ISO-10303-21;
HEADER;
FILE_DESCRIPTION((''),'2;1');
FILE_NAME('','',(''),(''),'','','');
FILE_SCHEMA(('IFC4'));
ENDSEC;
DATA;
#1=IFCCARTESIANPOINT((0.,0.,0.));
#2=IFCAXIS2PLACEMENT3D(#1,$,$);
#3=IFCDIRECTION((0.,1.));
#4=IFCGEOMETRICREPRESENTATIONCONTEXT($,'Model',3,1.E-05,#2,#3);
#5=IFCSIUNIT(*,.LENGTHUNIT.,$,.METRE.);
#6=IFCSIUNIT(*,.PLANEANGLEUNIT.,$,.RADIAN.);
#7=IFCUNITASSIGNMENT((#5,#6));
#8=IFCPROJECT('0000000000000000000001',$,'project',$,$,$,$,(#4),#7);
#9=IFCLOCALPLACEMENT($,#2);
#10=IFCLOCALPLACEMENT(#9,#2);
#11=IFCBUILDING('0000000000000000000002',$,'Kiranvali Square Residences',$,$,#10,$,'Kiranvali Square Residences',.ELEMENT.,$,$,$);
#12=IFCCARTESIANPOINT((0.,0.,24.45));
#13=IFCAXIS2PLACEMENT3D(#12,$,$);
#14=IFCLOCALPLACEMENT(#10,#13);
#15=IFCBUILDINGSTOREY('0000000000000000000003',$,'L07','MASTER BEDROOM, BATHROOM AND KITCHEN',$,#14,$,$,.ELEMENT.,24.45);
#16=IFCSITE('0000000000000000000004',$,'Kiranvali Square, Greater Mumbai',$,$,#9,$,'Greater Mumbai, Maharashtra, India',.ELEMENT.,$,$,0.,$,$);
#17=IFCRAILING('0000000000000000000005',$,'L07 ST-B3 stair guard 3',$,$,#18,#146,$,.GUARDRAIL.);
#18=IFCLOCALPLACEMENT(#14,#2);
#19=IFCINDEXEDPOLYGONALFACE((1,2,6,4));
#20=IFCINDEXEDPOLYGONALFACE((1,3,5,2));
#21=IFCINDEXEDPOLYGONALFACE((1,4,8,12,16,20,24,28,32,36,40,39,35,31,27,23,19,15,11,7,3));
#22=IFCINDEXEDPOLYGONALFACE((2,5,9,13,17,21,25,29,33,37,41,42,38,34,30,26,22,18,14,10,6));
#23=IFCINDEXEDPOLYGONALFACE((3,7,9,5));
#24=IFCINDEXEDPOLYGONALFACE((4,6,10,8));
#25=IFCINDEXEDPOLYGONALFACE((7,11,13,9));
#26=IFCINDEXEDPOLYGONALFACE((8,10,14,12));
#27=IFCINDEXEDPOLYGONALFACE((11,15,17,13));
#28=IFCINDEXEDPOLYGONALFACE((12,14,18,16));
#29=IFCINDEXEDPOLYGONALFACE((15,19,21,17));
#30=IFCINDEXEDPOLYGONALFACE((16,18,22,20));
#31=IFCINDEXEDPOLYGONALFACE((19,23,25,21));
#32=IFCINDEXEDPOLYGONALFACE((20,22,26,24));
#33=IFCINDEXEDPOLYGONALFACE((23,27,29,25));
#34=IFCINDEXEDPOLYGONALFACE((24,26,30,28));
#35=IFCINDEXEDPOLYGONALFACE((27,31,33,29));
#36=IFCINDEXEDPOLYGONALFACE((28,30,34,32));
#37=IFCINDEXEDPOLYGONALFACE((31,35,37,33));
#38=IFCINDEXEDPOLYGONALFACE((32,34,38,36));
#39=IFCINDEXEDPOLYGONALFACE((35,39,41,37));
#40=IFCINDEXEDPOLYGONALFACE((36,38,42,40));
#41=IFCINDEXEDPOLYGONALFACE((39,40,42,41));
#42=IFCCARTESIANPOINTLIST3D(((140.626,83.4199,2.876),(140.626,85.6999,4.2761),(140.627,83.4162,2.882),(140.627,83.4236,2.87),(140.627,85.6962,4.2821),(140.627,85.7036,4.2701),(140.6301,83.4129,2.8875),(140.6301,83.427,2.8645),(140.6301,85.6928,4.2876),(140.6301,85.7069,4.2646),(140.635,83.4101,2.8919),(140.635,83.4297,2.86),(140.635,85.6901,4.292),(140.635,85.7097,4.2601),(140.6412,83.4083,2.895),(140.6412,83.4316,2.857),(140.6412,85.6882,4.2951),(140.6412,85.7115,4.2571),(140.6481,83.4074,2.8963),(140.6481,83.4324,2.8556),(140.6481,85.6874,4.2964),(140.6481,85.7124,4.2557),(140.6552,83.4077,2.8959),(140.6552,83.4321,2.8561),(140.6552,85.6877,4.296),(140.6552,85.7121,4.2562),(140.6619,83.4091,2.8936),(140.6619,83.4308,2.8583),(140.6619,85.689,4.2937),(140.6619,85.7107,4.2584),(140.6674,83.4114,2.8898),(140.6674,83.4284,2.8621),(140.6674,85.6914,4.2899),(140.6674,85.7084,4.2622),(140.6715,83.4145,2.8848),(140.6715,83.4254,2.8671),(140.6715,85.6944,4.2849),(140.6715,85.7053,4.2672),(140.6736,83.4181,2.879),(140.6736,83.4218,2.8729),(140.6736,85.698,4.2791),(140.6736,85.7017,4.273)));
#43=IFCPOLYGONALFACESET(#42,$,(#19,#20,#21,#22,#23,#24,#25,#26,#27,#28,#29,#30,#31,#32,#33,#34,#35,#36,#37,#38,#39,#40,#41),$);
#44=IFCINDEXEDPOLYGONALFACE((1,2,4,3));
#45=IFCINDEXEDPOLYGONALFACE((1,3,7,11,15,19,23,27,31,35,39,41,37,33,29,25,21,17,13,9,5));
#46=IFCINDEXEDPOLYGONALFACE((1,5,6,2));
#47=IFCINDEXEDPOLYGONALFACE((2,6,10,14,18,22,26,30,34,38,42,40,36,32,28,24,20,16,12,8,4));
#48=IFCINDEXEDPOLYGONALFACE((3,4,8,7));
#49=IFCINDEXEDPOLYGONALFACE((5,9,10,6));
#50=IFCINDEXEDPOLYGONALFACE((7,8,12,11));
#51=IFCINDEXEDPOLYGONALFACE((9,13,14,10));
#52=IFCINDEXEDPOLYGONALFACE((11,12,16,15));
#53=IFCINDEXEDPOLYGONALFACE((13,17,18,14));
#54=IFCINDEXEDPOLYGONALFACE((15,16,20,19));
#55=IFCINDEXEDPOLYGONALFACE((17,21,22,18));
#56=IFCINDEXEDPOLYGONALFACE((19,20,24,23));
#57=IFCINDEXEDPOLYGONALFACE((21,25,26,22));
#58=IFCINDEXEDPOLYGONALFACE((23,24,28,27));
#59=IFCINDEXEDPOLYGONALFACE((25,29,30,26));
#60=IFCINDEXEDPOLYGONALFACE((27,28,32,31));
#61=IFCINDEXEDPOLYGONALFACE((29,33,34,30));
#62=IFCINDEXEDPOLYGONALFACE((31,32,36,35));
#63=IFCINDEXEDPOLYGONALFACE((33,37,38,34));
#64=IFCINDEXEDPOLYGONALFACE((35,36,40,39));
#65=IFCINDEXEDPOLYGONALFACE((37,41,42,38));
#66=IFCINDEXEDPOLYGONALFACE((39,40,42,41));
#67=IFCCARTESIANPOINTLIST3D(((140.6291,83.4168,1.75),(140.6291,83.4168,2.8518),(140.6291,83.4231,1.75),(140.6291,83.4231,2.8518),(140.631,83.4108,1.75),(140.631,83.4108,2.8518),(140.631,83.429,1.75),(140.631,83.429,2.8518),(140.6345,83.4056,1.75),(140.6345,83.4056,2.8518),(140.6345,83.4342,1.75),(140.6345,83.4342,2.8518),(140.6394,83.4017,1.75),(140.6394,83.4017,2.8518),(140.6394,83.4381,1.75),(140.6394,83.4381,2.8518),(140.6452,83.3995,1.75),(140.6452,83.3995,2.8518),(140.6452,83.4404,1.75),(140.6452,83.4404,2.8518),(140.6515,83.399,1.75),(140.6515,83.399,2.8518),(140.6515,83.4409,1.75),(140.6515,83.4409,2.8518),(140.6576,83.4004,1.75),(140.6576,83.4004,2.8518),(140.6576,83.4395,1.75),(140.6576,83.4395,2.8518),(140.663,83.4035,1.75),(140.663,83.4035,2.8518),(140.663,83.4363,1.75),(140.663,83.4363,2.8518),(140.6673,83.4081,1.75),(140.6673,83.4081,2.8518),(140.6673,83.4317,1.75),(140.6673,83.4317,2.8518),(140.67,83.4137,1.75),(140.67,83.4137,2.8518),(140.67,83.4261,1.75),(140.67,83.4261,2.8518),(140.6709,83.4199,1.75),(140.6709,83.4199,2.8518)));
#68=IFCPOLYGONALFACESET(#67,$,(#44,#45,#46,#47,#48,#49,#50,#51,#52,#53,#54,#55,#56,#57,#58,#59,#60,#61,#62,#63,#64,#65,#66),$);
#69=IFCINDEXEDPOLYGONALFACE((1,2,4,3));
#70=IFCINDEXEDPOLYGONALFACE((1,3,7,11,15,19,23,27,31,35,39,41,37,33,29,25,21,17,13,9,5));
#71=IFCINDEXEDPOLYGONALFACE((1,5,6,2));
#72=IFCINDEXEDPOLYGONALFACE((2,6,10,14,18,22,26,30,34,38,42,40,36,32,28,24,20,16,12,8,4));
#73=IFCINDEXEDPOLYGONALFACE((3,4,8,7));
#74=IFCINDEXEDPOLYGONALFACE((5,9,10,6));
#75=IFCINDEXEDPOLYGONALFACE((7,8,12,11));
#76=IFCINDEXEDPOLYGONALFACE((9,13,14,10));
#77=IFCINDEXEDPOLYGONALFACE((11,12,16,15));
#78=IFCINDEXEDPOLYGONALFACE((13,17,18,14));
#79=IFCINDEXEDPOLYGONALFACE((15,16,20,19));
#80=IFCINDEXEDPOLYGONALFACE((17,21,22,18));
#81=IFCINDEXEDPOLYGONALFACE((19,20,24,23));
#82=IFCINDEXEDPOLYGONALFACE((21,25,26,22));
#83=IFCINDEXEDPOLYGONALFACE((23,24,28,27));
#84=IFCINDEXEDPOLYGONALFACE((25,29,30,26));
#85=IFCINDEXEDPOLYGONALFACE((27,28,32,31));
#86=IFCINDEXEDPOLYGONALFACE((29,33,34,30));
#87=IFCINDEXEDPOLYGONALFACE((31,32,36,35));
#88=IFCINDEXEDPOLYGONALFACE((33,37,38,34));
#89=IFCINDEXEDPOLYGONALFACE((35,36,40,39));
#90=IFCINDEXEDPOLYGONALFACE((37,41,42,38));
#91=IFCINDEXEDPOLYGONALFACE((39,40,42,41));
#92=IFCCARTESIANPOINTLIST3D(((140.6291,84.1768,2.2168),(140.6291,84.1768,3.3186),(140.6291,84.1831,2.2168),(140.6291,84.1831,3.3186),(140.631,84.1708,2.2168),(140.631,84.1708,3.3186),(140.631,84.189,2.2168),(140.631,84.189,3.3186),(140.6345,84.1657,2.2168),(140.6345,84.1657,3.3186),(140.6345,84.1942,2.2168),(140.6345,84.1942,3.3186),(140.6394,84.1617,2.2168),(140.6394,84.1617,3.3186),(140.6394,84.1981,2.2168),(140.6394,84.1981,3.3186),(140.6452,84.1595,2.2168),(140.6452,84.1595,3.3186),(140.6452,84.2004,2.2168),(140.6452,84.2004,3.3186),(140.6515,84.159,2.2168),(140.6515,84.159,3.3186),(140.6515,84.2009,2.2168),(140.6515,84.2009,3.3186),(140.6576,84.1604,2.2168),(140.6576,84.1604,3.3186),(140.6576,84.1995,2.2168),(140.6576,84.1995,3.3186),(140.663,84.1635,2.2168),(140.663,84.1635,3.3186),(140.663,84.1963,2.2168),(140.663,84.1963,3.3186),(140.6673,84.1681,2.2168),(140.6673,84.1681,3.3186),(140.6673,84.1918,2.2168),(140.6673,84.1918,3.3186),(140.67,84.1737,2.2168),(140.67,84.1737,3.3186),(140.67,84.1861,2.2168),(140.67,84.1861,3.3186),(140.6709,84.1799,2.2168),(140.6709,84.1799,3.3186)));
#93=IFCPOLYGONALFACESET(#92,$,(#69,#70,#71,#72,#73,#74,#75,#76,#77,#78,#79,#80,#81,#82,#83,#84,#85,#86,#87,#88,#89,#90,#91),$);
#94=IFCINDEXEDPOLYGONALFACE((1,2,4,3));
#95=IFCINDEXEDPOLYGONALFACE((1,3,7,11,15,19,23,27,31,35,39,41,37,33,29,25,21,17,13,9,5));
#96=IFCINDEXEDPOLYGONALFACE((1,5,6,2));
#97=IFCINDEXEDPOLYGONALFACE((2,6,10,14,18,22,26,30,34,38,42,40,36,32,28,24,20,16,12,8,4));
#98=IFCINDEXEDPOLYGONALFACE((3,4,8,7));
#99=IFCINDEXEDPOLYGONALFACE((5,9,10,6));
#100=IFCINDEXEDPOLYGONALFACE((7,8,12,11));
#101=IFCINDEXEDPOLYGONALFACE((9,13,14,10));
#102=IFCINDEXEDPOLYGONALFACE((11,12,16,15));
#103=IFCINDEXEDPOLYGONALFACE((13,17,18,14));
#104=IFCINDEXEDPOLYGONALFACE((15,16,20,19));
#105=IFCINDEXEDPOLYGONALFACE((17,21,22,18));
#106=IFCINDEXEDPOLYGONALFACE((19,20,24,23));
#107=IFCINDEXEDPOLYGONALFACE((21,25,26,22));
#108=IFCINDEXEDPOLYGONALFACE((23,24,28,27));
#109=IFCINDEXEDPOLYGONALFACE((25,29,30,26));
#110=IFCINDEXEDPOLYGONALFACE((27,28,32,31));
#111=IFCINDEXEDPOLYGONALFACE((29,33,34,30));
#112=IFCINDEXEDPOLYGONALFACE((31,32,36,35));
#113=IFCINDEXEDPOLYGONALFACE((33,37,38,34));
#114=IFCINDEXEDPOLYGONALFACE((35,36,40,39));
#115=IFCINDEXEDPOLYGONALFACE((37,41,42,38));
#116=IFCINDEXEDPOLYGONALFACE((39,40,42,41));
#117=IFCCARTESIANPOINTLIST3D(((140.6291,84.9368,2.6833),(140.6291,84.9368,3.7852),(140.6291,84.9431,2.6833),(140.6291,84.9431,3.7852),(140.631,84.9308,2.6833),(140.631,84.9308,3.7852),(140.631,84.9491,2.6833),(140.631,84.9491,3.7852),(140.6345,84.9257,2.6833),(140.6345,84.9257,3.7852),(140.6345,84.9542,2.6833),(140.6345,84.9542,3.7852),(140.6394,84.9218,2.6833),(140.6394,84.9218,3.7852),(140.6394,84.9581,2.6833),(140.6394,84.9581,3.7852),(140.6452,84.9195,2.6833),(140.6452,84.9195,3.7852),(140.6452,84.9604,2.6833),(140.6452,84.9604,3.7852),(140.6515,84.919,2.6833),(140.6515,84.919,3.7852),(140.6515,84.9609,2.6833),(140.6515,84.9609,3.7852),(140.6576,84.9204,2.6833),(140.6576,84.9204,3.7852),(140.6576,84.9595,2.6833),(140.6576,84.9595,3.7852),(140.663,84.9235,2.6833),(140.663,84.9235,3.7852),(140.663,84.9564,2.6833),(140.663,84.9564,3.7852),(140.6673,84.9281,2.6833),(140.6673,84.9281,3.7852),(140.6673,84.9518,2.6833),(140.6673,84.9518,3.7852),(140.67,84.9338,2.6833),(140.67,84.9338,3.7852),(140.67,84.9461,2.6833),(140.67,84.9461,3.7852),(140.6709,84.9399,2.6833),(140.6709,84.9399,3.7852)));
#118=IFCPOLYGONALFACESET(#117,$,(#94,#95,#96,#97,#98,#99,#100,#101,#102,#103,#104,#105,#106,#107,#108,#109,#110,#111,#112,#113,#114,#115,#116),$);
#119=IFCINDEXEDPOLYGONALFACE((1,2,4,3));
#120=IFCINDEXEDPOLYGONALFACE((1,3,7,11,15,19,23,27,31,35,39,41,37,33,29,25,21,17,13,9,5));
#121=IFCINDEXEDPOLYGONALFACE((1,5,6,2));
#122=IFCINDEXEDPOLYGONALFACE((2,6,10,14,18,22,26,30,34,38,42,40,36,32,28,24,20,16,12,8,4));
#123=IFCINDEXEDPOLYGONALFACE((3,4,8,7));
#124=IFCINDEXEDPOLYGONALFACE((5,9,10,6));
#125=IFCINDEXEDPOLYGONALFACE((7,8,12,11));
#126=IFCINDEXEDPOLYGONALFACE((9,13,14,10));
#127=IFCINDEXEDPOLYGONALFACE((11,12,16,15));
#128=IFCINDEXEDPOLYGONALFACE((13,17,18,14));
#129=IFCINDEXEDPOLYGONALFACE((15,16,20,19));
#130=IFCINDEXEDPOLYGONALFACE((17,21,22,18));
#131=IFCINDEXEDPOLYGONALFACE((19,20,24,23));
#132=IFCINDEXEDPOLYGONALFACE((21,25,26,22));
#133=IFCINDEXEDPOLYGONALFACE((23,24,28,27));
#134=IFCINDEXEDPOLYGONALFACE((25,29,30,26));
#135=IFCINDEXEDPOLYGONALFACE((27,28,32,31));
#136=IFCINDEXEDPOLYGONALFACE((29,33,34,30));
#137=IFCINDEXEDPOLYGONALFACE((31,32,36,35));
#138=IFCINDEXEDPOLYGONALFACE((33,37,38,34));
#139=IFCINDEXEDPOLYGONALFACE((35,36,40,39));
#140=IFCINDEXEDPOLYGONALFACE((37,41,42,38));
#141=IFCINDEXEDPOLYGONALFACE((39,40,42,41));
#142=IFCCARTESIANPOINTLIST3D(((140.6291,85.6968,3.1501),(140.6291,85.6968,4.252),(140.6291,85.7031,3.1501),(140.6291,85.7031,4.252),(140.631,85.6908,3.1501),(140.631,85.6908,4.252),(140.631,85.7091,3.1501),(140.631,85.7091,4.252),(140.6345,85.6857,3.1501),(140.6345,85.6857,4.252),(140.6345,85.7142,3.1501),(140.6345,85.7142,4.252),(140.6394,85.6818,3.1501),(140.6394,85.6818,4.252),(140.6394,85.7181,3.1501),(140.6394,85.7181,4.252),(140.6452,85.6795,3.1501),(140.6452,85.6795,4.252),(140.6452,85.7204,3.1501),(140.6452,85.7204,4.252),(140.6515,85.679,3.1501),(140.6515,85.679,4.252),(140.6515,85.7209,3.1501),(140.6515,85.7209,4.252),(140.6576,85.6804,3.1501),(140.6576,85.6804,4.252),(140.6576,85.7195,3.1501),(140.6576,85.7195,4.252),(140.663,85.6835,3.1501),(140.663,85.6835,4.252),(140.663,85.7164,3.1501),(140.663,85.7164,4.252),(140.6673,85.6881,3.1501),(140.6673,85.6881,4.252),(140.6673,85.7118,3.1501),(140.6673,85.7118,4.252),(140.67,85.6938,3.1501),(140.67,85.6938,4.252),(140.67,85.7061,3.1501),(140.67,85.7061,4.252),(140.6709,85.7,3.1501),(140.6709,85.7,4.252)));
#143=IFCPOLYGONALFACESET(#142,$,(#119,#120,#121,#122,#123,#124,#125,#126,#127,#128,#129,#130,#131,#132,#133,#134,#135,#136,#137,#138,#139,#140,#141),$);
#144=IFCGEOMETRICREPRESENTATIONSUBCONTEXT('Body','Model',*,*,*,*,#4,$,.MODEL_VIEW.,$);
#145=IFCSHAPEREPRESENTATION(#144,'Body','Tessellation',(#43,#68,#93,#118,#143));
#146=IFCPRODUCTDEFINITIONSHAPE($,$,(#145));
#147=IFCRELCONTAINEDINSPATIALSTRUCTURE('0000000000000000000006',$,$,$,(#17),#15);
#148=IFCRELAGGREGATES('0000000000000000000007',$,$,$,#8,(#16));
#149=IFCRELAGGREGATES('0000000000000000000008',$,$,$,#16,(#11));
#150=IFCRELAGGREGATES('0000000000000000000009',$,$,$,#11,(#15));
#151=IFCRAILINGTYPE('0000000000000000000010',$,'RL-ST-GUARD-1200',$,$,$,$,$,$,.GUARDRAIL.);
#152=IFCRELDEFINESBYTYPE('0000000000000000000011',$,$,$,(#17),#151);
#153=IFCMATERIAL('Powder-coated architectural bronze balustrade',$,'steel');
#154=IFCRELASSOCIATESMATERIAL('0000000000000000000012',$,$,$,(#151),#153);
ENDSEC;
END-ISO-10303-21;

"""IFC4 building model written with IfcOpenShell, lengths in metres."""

from ifc_helpers import new_model, si_unit, direction, frame, origin, origin_2d, place, context, subcontext, project, spatial, circle, extrude, material, type_object, element, save


model = new_model("IFC4")

# Units and contexts
model_context = context("Model", 3, precision=1e-05, world=origin(), true_north=direction((0.0, 1.0)))
body_context = subcontext(model_context, "Body", "Model", "MODEL_VIEW")
ifc_project = project(units=[si_unit("LENGTHUNIT", "METRE"), si_unit("PLANEANGLEUNIT", "RADIAN")], contexts=[model_context])

# Site, building, storey
site_placement = place(None, origin())
site = spatial("IfcSite", under=ifc_project, at=site_placement, Name="Kiranvali Square, Greater Mumbai", LongName="Greater Mumbai, Maharashtra, India", CompositionType="ELEMENT", RefElevation=0.0)
building_placement = place(site_placement, origin())
building = spatial("IfcBuilding", under=site, at=building_placement, Name="Kiranvali Square Residences", LongName="Kiranvali Square Residences", CompositionType="ELEMENT")
storey_placement = place(building_placement, frame((0.0, 0.0, 24.45)))
storey = spatial("IfcBuildingStorey", under=building, at=storey_placement, Name="L07", Description="MASTER BEDROOM, BATHROOM AND KITCHEN", CompositionType="ELEMENT", Elevation=24.45)

# Railing
ifc_material_1 = material(Name="Powder-coated architectural bronze balustrade", Category="steel")
railing_type_1 = type_object("IfcRailingType", Name="RL-ST-GUARD-1200", PredefinedType="GUARDRAIL", material=ifc_material_1)
railing_1_placement = place(storey_placement, frame((140.6499, 83.4199, 1.75)))
element("IfcRailing", 1, at=railing_1_placement, inside=storey, type_object=railing_type_1, Name="L07 ST-B3 stair guard 3", PredefinedType="GUARDRAIL", context=body_context, shape_type="SweptSolid", body=[
    extrude(circle(Radius=0.0239, at=origin_2d()), frame((0.0, 0.0, 1.126), z_axis=(0.0, 0.85215, 0.523298), x_axis=(-1.0, 0.0, 0.0)), (0.0, 0.0, 1.0), 2.6755),
    extrude(circle(Radius=0.021, at=origin_2d()), origin(), (0.0, 0.0, 1.0), 1.1018),
    extrude(circle(Radius=0.021, at=origin_2d()), frame((0.0, 0.76, 0.4668)), (0.0, 0.0, 1.0), 1.1018),
    extrude(circle(Radius=0.021, at=origin_2d()), frame((0.0, 1.52, 0.9333)), (0.0, 0.0, 1.0), 1.1018),
    extrude(circle(Radius=0.021, at=origin_2d()), frame((0.0, 2.28, 1.4001)), (0.0, 0.0, 1.0), 1.1018),
])

save(model, "model.ifc")
